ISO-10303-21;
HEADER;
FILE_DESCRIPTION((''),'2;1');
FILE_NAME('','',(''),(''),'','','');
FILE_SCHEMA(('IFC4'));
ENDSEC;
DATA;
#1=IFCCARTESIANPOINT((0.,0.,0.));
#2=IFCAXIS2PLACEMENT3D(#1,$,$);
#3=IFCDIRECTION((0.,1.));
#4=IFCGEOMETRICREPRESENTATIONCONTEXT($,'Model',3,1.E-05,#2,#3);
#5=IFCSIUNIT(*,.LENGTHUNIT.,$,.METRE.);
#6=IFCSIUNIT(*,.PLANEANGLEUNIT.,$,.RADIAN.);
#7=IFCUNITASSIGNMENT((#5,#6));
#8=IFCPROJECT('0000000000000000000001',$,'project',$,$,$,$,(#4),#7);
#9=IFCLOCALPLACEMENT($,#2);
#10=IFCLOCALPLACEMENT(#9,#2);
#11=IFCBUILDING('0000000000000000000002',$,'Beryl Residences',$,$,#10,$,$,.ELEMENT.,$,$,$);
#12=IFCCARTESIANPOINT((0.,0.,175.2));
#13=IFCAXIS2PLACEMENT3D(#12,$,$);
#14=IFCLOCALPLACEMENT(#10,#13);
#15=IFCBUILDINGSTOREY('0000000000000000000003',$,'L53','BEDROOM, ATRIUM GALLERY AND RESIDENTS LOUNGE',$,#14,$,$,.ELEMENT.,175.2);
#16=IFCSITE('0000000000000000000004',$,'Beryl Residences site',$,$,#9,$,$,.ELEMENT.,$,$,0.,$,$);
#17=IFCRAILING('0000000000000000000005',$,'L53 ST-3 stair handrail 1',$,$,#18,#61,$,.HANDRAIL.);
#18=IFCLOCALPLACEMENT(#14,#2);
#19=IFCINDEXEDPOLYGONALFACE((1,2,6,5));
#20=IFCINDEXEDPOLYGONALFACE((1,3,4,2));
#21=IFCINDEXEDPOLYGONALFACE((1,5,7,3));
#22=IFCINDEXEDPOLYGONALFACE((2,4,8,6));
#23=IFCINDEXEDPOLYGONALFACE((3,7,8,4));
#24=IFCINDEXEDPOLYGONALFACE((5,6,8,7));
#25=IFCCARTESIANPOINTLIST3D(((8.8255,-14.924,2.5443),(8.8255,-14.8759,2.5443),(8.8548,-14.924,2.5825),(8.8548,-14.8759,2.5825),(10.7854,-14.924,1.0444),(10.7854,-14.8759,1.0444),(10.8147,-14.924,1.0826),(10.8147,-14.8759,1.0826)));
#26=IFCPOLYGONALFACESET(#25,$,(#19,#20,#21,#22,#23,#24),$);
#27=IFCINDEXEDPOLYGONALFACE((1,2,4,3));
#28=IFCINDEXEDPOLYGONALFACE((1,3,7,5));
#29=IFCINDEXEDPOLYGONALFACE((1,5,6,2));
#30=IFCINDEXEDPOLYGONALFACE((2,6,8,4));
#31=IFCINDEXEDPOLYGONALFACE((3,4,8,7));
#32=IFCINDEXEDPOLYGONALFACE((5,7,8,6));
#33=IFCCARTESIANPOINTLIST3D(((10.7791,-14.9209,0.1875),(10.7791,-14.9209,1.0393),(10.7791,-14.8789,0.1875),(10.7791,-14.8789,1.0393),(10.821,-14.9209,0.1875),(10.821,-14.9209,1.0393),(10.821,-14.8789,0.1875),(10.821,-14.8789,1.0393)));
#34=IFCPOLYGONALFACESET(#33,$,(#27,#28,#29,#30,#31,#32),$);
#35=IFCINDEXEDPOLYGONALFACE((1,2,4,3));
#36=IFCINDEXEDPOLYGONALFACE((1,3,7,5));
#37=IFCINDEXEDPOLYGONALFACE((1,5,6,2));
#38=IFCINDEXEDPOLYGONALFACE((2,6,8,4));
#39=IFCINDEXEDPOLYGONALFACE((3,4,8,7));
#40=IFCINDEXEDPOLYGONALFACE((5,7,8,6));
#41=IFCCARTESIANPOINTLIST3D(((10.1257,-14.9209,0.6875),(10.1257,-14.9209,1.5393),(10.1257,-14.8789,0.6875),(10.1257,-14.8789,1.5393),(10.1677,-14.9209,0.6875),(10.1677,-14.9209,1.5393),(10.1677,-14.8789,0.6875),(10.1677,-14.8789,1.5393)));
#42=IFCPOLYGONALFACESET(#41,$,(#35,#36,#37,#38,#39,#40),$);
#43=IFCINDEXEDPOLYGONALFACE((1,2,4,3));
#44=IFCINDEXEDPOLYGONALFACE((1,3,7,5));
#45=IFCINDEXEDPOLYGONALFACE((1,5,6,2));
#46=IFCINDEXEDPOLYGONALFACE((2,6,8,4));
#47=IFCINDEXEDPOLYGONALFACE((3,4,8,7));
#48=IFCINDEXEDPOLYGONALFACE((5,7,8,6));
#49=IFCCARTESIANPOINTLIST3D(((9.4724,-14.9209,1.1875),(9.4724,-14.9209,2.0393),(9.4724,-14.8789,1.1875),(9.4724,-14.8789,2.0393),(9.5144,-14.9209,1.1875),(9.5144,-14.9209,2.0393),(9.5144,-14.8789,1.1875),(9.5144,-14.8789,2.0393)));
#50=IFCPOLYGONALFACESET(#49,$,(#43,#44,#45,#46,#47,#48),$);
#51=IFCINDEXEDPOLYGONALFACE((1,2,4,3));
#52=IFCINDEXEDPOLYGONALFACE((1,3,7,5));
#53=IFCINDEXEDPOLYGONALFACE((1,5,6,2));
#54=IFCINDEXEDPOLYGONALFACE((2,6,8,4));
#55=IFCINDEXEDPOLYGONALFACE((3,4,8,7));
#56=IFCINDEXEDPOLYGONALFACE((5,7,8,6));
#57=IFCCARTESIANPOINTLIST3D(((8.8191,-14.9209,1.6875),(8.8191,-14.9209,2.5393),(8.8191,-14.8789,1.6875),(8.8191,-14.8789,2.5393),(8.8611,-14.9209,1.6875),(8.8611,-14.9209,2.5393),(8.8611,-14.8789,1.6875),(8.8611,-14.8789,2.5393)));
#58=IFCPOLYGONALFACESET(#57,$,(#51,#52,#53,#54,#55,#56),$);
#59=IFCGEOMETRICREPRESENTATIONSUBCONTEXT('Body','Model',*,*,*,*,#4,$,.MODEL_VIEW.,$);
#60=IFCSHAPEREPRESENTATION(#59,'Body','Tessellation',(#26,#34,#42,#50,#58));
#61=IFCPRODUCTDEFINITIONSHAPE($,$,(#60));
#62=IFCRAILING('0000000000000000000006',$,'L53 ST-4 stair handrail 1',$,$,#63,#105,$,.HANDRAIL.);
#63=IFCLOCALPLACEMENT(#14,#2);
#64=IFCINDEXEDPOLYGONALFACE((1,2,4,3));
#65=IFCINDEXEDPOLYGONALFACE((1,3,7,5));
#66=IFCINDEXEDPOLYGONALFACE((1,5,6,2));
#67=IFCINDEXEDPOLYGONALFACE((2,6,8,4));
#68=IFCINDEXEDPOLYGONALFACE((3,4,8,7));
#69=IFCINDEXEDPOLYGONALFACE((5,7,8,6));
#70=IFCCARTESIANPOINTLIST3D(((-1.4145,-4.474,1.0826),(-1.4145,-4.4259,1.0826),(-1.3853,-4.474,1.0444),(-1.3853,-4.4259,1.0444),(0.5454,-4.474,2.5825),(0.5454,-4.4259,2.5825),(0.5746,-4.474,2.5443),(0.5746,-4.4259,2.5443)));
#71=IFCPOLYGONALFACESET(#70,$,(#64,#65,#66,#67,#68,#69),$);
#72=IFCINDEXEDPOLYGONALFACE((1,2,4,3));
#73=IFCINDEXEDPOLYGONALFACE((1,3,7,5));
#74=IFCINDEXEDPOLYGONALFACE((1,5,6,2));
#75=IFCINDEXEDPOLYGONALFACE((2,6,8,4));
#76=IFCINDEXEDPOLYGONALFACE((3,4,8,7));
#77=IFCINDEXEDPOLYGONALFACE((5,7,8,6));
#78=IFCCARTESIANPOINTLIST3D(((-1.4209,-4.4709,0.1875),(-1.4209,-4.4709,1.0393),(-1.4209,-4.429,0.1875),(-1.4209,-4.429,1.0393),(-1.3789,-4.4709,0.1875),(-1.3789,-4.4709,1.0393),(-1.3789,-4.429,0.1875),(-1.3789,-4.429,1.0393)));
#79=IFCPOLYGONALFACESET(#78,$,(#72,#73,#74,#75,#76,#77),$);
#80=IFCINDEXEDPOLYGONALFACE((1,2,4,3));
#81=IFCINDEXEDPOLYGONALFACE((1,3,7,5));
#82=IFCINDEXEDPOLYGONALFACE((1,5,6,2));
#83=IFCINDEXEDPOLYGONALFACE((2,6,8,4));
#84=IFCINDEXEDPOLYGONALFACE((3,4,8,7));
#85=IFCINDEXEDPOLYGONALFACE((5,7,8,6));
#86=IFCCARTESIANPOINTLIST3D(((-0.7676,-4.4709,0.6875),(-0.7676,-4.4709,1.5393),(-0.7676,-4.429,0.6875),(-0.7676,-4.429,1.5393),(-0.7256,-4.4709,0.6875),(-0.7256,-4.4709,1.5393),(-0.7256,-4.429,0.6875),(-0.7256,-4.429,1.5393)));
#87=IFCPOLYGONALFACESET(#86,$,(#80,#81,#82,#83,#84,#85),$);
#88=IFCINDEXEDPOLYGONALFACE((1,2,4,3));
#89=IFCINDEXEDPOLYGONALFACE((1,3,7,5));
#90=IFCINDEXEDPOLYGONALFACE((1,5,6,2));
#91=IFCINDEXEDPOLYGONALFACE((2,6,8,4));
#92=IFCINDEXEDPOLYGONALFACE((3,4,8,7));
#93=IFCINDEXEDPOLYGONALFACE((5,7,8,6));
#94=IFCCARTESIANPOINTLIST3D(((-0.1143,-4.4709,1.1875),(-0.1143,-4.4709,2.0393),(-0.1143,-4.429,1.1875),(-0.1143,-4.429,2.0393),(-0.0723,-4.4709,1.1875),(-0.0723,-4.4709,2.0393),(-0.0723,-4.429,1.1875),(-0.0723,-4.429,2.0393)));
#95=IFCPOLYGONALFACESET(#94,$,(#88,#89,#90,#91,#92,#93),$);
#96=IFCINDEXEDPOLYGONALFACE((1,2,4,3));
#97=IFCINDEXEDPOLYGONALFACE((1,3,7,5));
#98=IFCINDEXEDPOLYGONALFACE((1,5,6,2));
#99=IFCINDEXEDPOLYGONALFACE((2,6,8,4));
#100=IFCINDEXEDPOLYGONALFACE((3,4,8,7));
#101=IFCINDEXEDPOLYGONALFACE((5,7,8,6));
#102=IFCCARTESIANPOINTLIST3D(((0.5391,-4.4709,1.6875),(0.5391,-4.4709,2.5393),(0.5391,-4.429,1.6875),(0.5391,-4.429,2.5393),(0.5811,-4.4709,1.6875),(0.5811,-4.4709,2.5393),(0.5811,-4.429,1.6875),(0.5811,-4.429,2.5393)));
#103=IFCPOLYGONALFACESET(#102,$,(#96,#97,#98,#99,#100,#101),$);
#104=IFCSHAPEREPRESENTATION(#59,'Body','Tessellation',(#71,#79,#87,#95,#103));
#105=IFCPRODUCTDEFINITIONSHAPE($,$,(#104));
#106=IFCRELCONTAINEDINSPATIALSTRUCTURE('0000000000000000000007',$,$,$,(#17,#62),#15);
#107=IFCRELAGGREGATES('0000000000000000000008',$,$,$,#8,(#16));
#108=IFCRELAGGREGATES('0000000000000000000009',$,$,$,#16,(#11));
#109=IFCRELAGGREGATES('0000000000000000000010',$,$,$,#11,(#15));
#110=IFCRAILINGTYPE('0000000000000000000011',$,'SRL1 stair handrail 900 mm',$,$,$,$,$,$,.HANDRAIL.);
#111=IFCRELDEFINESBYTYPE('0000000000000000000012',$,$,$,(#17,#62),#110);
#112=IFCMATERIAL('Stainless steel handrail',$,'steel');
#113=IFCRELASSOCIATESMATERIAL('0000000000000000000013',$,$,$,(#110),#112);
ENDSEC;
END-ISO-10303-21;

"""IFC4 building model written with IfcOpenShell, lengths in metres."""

from ifc_helpers import new_model, si_unit, direction, frame, origin, origin_2d, place, context, subcontext, project, spatial, rectangle, extrude, material, type_object, element, save


model = new_model("IFC4")

# Units and contexts
model_context = context("Model", 3, precision=1e-05, world=origin(), true_north=direction((0.0, 1.0)))
body_context = subcontext(model_context, "Body", "Model", "MODEL_VIEW")
ifc_project = project(units=[si_unit("LENGTHUNIT", "METRE"), si_unit("PLANEANGLEUNIT", "RADIAN")], contexts=[model_context])

# Site, building, storey
site_placement = place(None, origin())
site = spatial("IfcSite", under=ifc_project, at=site_placement, Name="Beryl Residences site", CompositionType="ELEMENT", RefElevation=0.0)
building_placement = place(site_placement, origin())
building = spatial("IfcBuilding", under=site, at=building_placement, Name="Beryl Residences", CompositionType="ELEMENT")
storey_placement = place(building_placement, frame((0.0, 0.0, 175.2)))
storey = spatial("IfcBuildingStorey", under=building, at=storey_placement, Name="L53", Description="BEDROOM, ATRIUM GALLERY AND RESIDENTS LOUNGE", CompositionType="ELEMENT", Elevation=175.2)

# Railings
ifc_material_1 = material(Name="Stainless steel handrail", Category="steel")
railing_type_1 = type_object("IfcRailingType", Name="SRL1 stair handrail 900 mm", PredefinedType="HANDRAIL", material=ifc_material_1)
railing_1_placement = place(storey_placement, frame((10.8, -14.8999, 0.1875)))
element("IfcRailing", 1, at=railing_1_placement, inside=storey, type_object=railing_type_1, Name="L53 ST-3 stair handrail 1", PredefinedType="HANDRAIL", context=body_context, shape_type="SweptSolid", body=[
    extrude(rectangle(XDim=0.0481, YDim=0.0481, at=origin_2d()), frame((0.0, 0.0, 0.876), z_axis=(-0.794122, 0.0, 0.607758), x_axis=(0.0, -1.0, 0.0)), (0.0, 0.0, 1.0), 2.468),
    extrude(rectangle(XDim=0.042, YDim=0.042, at=origin_2d()), origin(), (0.0, 0.0, 1.0), 0.8518),
    extrude(rectangle(XDim=0.042, YDim=0.042, at=origin_2d()), frame((-0.6533, 0.0, 0.5)), (0.0, 0.0, 1.0), 0.8518),
    extrude(rectangle(XDim=0.042, YDim=0.042, at=origin_2d()), frame((-1.3066, 0.0, 1.0)), (0.0, 0.0, 1.0), 0.8518),
    extrude(rectangle(XDim=0.042, YDim=0.042, at=origin_2d()), frame((-1.96, 0.0, 1.5)), (0.0, 0.0, 1.0), 0.8518),
])
railing_2_placement = place(storey_placement, frame((-1.3999, -4.45, 0.1875)))
element("IfcRailing", 2, at=railing_2_placement, inside=storey, type_object=railing_type_1, Name="L53 ST-4 stair handrail 1", PredefinedType="HANDRAIL", context=body_context, shape_type="SweptSolid", body=[
    extrude(rectangle(XDim=0.0481, YDim=0.0481, at=origin_2d()), frame((0.0, 0.0, 0.876), z_axis=(0.794122, 0.0, 0.607758), x_axis=(0.0, 1.0, 0.0)), (0.0, 0.0, 1.0), 2.468),
    extrude(rectangle(XDim=0.042, YDim=0.042, at=origin_2d()), origin(), (0.0, 0.0, 1.0), 0.8518),
    extrude(rectangle(XDim=0.042, YDim=0.042, at=origin_2d()), frame((0.6533, 0.0, 0.5)), (0.0, 0.0, 1.0), 0.8518),
    extrude(rectangle(XDim=0.042, YDim=0.042, at=origin_2d()), frame((1.3066, 0.0, 1.0)), (0.0, 0.0, 1.0), 0.8518),
    extrude(rectangle(XDim=0.042, YDim=0.042, at=origin_2d()), frame((1.96, 0.0, 1.5)), (0.0, 0.0, 1.0), 0.8518),
])

save(model, "model.ifc")
